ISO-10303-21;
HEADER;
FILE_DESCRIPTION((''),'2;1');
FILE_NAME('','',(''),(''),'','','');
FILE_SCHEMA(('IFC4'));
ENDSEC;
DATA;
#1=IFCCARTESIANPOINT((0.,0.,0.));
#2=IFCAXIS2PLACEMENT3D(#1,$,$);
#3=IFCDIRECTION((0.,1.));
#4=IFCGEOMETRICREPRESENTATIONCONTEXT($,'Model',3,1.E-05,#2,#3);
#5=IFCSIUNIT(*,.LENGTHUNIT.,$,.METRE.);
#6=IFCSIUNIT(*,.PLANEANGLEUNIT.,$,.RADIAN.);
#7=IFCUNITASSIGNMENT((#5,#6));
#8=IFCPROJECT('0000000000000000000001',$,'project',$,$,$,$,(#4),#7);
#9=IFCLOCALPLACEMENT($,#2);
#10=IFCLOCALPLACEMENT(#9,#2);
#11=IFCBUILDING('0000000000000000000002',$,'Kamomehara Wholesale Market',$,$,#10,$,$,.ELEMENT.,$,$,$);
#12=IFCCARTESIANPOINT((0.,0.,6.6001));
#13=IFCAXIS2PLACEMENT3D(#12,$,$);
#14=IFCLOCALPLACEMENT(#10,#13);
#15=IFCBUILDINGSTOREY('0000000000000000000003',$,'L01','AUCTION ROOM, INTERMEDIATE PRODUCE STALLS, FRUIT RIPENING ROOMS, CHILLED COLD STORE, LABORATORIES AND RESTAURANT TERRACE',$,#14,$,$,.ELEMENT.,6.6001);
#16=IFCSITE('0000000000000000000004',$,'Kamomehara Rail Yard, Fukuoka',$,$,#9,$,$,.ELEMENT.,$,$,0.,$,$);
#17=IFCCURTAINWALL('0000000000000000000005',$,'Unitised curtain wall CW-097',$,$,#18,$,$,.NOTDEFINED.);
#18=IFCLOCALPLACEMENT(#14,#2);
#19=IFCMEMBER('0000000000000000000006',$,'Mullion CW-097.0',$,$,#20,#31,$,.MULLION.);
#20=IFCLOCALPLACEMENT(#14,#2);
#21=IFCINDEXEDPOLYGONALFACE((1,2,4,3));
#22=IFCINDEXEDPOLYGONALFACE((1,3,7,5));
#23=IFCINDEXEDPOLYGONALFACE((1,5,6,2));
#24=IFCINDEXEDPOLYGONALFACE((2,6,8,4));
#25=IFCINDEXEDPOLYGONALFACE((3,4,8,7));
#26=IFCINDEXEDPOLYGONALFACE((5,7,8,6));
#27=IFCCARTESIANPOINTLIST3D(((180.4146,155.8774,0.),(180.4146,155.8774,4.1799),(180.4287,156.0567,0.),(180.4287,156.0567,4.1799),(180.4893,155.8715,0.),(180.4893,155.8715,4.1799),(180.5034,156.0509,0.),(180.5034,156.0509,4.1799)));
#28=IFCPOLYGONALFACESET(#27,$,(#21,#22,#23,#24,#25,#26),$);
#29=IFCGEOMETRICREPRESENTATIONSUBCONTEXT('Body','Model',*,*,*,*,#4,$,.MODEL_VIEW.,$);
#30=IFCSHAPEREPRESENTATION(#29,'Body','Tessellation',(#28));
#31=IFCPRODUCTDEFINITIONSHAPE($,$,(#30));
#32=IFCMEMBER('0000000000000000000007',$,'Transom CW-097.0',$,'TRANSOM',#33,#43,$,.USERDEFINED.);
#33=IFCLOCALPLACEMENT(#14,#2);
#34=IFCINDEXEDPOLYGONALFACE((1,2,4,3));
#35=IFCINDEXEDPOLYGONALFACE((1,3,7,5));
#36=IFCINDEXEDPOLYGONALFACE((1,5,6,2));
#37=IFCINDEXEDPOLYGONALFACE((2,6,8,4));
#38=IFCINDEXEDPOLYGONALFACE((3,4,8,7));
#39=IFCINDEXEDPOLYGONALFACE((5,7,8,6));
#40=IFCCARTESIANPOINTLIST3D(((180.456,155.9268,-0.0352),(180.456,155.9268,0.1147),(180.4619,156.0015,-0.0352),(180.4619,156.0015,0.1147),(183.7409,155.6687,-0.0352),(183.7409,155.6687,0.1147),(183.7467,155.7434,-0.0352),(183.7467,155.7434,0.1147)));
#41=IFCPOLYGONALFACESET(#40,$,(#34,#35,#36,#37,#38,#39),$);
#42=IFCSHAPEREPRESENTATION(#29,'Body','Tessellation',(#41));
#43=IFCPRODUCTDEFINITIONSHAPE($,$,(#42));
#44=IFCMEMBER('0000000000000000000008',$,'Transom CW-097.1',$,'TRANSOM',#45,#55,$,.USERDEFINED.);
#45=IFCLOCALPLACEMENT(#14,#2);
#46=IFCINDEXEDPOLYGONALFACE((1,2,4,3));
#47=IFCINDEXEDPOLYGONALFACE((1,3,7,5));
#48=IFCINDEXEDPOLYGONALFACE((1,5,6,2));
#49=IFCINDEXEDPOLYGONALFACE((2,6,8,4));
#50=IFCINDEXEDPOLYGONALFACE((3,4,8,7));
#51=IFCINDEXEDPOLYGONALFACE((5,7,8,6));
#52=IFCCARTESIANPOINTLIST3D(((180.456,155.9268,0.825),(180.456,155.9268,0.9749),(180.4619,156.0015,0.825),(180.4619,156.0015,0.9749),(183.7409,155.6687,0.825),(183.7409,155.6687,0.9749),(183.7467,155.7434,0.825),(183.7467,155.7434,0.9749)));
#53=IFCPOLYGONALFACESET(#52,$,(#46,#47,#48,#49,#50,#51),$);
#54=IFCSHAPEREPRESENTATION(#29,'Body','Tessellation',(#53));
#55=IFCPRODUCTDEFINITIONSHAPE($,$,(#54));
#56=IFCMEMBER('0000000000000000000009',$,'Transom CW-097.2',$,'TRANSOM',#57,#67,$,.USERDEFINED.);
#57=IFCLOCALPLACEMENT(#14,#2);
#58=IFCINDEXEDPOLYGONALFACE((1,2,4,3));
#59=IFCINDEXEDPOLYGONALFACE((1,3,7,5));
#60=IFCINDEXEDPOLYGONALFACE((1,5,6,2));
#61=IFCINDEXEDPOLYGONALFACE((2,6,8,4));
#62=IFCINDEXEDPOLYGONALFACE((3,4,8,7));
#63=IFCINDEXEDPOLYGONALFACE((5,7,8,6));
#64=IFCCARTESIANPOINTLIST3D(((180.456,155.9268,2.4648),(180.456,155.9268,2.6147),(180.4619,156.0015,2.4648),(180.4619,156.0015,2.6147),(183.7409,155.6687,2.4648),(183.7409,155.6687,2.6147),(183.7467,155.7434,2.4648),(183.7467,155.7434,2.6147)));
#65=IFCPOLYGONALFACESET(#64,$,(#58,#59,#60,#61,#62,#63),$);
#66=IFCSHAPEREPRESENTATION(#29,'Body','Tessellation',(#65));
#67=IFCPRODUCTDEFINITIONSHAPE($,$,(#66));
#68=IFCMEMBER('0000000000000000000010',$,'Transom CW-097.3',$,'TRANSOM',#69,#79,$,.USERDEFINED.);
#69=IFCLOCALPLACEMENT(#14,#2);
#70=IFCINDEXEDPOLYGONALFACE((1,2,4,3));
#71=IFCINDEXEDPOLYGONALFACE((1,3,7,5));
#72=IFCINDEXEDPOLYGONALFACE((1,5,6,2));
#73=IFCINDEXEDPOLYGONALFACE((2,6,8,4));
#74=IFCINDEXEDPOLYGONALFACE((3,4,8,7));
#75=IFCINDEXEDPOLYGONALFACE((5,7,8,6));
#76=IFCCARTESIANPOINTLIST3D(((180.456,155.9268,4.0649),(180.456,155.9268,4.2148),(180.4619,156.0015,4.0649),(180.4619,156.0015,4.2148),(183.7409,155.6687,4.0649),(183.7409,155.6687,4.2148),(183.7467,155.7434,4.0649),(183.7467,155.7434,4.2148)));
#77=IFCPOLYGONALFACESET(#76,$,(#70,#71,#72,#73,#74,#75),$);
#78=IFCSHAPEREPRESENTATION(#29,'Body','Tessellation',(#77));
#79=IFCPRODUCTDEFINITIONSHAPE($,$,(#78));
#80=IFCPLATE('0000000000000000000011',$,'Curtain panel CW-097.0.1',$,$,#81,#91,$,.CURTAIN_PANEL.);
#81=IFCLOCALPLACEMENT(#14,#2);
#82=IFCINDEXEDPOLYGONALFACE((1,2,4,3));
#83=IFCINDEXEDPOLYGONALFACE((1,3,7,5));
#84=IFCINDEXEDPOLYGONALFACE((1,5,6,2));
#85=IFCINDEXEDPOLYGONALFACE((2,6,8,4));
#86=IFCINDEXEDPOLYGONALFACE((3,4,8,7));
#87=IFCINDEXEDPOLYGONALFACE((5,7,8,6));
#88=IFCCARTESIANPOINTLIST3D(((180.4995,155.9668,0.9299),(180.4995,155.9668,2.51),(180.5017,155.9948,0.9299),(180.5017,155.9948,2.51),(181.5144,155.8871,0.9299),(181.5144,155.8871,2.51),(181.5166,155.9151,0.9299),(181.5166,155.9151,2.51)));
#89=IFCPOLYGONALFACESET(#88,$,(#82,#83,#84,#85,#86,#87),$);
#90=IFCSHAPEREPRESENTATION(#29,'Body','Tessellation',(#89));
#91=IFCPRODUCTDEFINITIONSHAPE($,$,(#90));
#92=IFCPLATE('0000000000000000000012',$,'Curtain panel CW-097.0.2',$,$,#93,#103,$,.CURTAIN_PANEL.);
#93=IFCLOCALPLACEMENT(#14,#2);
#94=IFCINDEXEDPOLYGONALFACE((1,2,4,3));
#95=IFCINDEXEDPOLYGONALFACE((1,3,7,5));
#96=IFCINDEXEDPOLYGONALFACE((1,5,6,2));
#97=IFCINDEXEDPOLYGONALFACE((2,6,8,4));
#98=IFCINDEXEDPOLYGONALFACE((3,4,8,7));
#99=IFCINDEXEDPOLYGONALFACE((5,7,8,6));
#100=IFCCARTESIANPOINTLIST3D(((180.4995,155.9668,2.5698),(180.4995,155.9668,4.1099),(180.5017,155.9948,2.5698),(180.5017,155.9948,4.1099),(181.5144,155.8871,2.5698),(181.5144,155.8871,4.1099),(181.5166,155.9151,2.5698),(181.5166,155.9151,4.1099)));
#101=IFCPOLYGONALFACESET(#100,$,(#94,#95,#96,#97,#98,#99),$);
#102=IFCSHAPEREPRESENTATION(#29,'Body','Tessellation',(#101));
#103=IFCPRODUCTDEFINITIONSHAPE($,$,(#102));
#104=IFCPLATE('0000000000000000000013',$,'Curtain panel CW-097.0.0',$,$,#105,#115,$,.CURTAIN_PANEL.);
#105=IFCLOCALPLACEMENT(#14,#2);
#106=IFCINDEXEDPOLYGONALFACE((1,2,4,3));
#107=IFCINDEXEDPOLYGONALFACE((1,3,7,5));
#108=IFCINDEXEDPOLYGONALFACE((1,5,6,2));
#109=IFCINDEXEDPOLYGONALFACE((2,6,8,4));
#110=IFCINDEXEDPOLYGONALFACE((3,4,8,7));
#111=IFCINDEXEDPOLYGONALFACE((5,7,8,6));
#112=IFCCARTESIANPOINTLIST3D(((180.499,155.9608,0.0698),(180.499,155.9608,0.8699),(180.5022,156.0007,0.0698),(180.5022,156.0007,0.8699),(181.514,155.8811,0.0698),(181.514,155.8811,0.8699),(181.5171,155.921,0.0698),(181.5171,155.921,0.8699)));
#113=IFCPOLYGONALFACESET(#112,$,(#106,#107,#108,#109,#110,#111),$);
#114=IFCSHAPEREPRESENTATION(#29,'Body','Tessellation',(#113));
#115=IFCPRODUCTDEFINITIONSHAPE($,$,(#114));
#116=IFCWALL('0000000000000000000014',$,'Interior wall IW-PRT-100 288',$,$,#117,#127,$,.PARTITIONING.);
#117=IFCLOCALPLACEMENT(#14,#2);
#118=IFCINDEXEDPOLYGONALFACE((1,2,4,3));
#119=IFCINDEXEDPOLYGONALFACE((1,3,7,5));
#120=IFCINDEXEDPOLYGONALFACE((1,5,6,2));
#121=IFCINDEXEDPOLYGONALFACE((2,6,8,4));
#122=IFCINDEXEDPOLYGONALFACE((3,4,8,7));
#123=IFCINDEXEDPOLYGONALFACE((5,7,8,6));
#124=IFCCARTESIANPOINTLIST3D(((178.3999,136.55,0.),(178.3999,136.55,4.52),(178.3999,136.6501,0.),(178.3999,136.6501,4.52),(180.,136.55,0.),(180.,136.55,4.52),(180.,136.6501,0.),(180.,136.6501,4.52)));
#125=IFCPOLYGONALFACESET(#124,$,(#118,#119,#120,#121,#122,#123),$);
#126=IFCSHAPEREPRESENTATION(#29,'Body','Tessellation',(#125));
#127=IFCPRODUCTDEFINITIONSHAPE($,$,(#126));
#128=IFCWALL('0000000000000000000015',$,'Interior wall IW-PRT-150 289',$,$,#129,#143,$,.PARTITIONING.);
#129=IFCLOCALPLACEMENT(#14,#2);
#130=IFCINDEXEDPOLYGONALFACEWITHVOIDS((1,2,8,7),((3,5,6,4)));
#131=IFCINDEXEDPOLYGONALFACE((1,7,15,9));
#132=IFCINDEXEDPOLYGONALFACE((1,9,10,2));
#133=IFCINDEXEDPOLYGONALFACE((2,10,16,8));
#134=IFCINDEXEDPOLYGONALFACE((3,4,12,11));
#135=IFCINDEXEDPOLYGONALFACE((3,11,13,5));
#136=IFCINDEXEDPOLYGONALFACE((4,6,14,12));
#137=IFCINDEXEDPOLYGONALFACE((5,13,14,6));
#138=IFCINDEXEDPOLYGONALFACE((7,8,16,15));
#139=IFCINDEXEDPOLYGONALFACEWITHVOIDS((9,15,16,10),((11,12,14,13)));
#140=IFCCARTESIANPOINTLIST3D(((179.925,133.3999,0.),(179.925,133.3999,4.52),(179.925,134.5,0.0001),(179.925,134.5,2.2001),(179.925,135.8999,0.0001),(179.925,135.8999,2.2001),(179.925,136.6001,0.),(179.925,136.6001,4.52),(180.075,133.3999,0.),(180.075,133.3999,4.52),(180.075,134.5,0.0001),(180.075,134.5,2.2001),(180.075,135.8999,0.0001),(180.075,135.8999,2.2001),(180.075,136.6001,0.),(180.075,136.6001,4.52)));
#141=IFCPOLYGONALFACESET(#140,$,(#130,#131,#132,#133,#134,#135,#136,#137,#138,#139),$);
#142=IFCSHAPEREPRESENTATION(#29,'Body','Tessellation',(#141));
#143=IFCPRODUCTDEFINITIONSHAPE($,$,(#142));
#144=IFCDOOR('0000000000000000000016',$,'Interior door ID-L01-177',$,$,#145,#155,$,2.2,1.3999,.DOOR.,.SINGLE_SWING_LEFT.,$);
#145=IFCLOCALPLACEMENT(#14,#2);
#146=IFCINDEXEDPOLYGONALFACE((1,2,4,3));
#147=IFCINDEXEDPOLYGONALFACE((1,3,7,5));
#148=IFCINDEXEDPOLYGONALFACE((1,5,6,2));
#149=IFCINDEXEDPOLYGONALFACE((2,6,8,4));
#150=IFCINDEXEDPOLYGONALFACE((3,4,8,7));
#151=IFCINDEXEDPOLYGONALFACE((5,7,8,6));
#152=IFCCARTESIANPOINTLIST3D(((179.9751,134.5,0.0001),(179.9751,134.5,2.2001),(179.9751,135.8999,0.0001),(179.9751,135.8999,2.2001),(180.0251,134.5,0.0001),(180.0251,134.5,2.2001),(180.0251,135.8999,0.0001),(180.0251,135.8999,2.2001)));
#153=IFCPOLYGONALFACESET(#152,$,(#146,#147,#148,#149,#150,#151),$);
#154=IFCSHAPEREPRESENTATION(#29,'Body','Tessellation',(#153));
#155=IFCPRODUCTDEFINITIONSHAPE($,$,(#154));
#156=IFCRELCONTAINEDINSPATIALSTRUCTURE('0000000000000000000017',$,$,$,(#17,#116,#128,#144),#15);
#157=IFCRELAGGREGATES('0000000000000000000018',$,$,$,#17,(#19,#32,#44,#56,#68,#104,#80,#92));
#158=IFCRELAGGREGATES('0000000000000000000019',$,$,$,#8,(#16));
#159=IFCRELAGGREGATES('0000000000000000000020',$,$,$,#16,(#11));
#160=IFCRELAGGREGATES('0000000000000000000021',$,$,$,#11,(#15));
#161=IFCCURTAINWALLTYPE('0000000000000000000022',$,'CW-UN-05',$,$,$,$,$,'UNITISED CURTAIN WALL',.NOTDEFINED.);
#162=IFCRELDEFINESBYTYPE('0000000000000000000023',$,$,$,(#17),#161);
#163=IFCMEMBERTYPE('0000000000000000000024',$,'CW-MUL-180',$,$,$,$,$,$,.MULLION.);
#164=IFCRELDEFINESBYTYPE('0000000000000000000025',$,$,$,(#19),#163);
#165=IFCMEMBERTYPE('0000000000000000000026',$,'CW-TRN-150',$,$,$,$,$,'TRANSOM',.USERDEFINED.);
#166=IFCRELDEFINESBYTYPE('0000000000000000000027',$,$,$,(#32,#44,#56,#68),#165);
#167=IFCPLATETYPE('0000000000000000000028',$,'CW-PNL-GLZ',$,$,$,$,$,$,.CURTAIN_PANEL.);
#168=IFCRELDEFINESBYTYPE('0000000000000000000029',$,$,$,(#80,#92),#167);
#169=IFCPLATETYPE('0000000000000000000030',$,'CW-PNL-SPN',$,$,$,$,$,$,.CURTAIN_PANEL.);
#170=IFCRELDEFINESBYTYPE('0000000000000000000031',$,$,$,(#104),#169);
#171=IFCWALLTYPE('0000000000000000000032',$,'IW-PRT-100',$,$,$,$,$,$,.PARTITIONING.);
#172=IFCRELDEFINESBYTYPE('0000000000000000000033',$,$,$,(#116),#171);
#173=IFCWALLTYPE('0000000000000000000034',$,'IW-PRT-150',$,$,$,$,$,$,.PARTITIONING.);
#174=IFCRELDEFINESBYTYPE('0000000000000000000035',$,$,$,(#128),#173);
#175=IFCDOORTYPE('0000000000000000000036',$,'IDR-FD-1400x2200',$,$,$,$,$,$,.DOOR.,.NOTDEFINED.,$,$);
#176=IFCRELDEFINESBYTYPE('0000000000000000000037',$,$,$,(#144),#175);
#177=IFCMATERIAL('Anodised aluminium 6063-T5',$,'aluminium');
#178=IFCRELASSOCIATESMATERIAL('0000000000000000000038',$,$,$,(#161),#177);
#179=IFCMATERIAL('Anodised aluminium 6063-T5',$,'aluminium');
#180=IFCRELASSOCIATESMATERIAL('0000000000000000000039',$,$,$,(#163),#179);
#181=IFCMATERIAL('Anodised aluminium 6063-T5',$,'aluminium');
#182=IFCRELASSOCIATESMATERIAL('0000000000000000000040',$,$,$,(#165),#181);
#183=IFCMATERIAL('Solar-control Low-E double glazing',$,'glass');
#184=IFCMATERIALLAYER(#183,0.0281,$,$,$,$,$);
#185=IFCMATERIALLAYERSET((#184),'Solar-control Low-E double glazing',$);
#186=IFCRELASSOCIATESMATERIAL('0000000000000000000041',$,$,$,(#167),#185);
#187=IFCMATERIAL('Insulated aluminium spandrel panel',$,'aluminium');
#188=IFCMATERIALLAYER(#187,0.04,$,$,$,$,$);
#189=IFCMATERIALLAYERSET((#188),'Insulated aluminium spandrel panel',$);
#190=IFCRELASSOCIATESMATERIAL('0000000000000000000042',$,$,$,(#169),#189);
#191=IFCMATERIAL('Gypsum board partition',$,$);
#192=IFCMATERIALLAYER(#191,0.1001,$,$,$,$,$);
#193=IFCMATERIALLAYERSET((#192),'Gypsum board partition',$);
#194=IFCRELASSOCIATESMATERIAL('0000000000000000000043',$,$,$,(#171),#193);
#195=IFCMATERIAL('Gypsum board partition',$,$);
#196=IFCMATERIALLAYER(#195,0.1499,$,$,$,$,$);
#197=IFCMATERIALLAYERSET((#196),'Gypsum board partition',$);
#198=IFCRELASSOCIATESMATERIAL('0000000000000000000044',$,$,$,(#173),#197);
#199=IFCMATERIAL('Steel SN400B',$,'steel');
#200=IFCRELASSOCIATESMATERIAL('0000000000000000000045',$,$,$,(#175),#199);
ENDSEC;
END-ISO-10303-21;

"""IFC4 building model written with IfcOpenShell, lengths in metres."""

from ifc_helpers import new_model, si_unit, direction, frame, frame_2d, origin, origin_2d, place, context, subcontext, project, spatial, rectangle, extrude, material, layer, layer_set, material_profile, profile_set, type_object, element, fill, aggregate, save


model = new_model("IFC4")

# Units and contexts
model_context = context("Model", 3, precision=1e-05, world=origin(), true_north=direction((0.0, 1.0)))
body_context = subcontext(model_context, "Body", "Model", "MODEL_VIEW")
ifc_project = project(units=[si_unit("LENGTHUNIT", "METRE"), si_unit("PLANEANGLEUNIT", "RADIAN")], contexts=[model_context])

# Site, building, storey
site_placement = place(None, origin())
site = spatial("IfcSite", under=ifc_project, at=site_placement, Name="Kamomehara Rail Yard, Fukuoka", CompositionType="ELEMENT", RefElevation=0.0)
building_placement = place(site_placement, origin())
building = spatial("IfcBuilding", under=site, at=building_placement, Name="Kamomehara Wholesale Market", CompositionType="ELEMENT")
storey_placement = place(building_placement, frame((0.0, 0.0, 6.6001)))
storey = spatial("IfcBuildingStorey", under=building, at=storey_placement, Name="L01", Description="AUCTION ROOM, INTERMEDIATE PRODUCE STALLS, FRUIT RIPENING ROOMS, CHILLED COLD STORE, LABORATORIES AND RESTAURANT TERRACE", CompositionType="ELEMENT", Elevation=6.6001)

# Curtain wall, members, plates
ifc_material_1 = material(Name="Anodised aluminium 6063-T5", Category="aluminium")
curtain_wall_type = type_object("IfcCurtainWallType", Name="CW-UN-05", ElementType="UNITISED CURTAIN WALL", PredefinedType="NOTDEFINED", material=ifc_material_1)
curtain_wall_placement = place(storey_placement, origin())
curtain_wall = element("IfcCurtainWall", 1, at=curtain_wall_placement, inside=storey, type_object=curtain_wall_type, Name="Unitised curtain wall CW-097", PredefinedType="NOTDEFINED")
ifc_material_2 = material(Name="Anodised aluminium 6063-T5", Category="aluminium")
ifc_material_profile_1 = material_profile(ifc_material_2, rectangle(XDim=0.075, YDim=0.1799, at=origin_2d()), Name="ALU-MUL-75x180")
ifc_profile_set_1 = profile_set([ifc_material_profile_1], Name="Anodised aluminium 6063-T5")
member_type_1 = type_object("IfcMemberType", Name="CW-MUL-180", PredefinedType="MULLION", material=ifc_profile_set_1)
member_1_placement = place(storey_placement, frame((180.459, 155.9641, 0.0), z_axis=(0.0, 0.0, 1.0), x_axis=(0.99693, -0.078297, 0.0)))
member_1 = element("IfcMember", 2, at=member_1_placement, type_object=member_type_1, Name="Mullion CW-097.0", PredefinedType="MULLION", context=body_context, shape_type="SweptSolid", body=[
    extrude(rectangle(XDim=0.075, YDim=0.1799, at=origin_2d()), origin(), (0.0, 0.0, 1.0), 4.1799),
])
ifc_material_3 = material(Name="Anodised aluminium 6063-T5", Category="aluminium")
ifc_material_profile_2 = material_profile(ifc_material_3, rectangle(XDim=0.075, YDim=0.1499, at=origin_2d()), Name="ALU-TRN-75x150")
ifc_profile_set_2 = profile_set([ifc_material_profile_2], Name="Anodised aluminium 6063-T5")
member_type_2 = type_object("IfcMemberType", Name="CW-TRN-150", ElementType="TRANSOM", PredefinedType="USERDEFINED", material=ifc_profile_set_2)
member_2_placement = place(storey_placement, frame((180.459, 155.9641, 0.0398), z_axis=(0.996929, -0.078317, 0.0), x_axis=(0.078317, 0.996929, 0.0)))
member_2 = element("IfcMember", 3, at=member_2_placement, type_object=member_type_2, Name="Transom CW-097.0", ObjectType="TRANSOM", PredefinedType="USERDEFINED", context=body_context, shape_type="SweptSolid", body=[
    extrude(rectangle(XDim=0.075, YDim=0.1499, at=origin_2d()), origin(), (0.0, 0.0, 1.0), 3.2949),
])
member_3_placement = place(storey_placement, frame((180.459, 155.9641, 0.8999), z_axis=(0.996929, -0.078317, 0.0), x_axis=(0.078317, 0.996929, 0.0)))
member_3 = element("IfcMember", 4, at=member_3_placement, type_object=member_type_2, Name="Transom CW-097.1", ObjectType="TRANSOM", PredefinedType="USERDEFINED", context=body_context, shape_type="SweptSolid", body=[
    extrude(rectangle(XDim=0.075, YDim=0.1499, at=origin_2d()), origin(), (0.0, 0.0, 1.0), 3.2949),
])
member_4_placement = place(storey_placement, frame((180.459, 155.9641, 2.5398), z_axis=(0.996929, -0.078317, 0.0), x_axis=(0.078317, 0.996929, 0.0)))
member_4 = element("IfcMember", 5, at=member_4_placement, type_object=member_type_2, Name="Transom CW-097.2", ObjectType="TRANSOM", PredefinedType="USERDEFINED", context=body_context, shape_type="SweptSolid", body=[
    extrude(rectangle(XDim=0.075, YDim=0.1499, at=origin_2d()), origin(), (0.0, 0.0, 1.0), 3.2949),
])
member_5_placement = place(storey_placement, frame((180.459, 155.9641, 4.1399), z_axis=(0.996929, -0.078317, 0.0), x_axis=(0.078317, 0.996929, 0.0)))
member_5 = element("IfcMember", 6, at=member_5_placement, type_object=member_type_2, Name="Transom CW-097.3", ObjectType="TRANSOM", PredefinedType="USERDEFINED", context=body_context, shape_type="SweptSolid", body=[
    extrude(rectangle(XDim=0.075, YDim=0.1499, at=origin_2d()), origin(), (0.0, 0.0, 1.0), 3.2949),
])
ifc_material_4 = material(Name="Solar-control Low-E double glazing", Category="glass")
ifc_layer_1 = layer(ifc_material_4, 0.0281)
ifc_layer_set_1 = layer_set([ifc_layer_1], Name="Solar-control Low-E double glazing")
plate_type_1 = type_object("IfcPlateType", Name="CW-PNL-GLZ", PredefinedType="CURTAIN_PANEL", material=ifc_layer_set_1)
plate_1_placement = place(storey_placement, frame((181.0081, 155.9409, 0.9299), z_axis=(0.0, 0.0, 1.0), x_axis=(0.99693, -0.078302, 0.0)))
plate_1 = element("IfcPlate", 7, at=plate_1_placement, type_object=plate_type_1, Name="Curtain panel CW-097.0.1", PredefinedType="CURTAIN_PANEL", context=body_context, shape_type="SweptSolid", body=[
    extrude(rectangle(XDim=1.0181, YDim=0.0281, at=origin_2d()), origin(), (0.0, 0.0, 1.0), 1.5801),
])
plate_2_placement = place(storey_placement, frame((181.0081, 155.9409, 2.5698), z_axis=(0.0, 0.0, 1.0), x_axis=(0.99693, -0.078302, 0.0)))
plate_2 = element("IfcPlate", 8, at=plate_2_placement, type_object=plate_type_1, Name="Curtain panel CW-097.0.2", PredefinedType="CURTAIN_PANEL", context=body_context, shape_type="SweptSolid", body=[
    extrude(rectangle(XDim=1.0181, YDim=0.0281, at=origin_2d()), origin(), (0.0, 0.0, 1.0), 1.54),
])
ifc_material_5 = material(Name="Insulated aluminium spandrel panel", Category="aluminium")
ifc_layer_2 = layer(ifc_material_5, 0.04)
ifc_layer_set_2 = layer_set([ifc_layer_2], Name="Insulated aluminium spandrel panel")
plate_type_2 = type_object("IfcPlateType", Name="CW-PNL-SPN", PredefinedType="CURTAIN_PANEL", material=ifc_layer_set_2)
plate_3_placement = place(storey_placement, frame((181.0081, 155.9409, 0.0698), z_axis=(0.0, 0.0, 1.0), x_axis=(0.99693, -0.078302, 0.0)))
plate_3 = element("IfcPlate", 9, at=plate_3_placement, type_object=plate_type_2, Name="Curtain panel CW-097.0.0", PredefinedType="CURTAIN_PANEL", context=body_context, shape_type="SweptSolid", body=[
    extrude(rectangle(XDim=1.0181, YDim=0.04, at=origin_2d()), origin(), (0.0, 0.0, 1.0), 0.8),
])
aggregate(curtain_wall, [member_1, member_2, member_3, member_4, member_5, plate_3, plate_1, plate_2])

# Wall
ifc_material_6 = material(Name="Gypsum board partition")
ifc_layer_3 = layer(ifc_material_6, 0.1001)
ifc_layer_set_3 = layer_set([ifc_layer_3], Name="Gypsum board partition")
wall_type_1 = type_object("IfcWallType", Name="IW-PRT-100", PredefinedType="PARTITIONING", material=ifc_layer_set_3)
wall_1_placement = place(storey_placement, frame((178.3999, 136.6001, 0.0), z_axis=(0.0, 0.0, 1.0), x_axis=(1.0, 0.0, 0.0)))
element("IfcWall", 10, at=wall_1_placement, inside=storey, type_object=wall_type_1, Name="Interior wall IW-PRT-100 288", PredefinedType="PARTITIONING", context=body_context, shape_type="SweptSolid", body=[
    extrude(rectangle(XDim=1.6001, YDim=0.1001, at=frame_2d((0.8, 0.0))), origin(), (0.0, 0.0, 1.0), 4.52),
])

# Wall, opening, door
ifc_material_7 = material(Name="Gypsum board partition")
ifc_layer_4 = layer(ifc_material_7, 0.1499)
ifc_layer_set_4 = layer_set([ifc_layer_4], Name="Gypsum board partition")
wall_type_2 = type_object("IfcWallType", Name="IW-PRT-150", PredefinedType="PARTITIONING", material=ifc_layer_set_4)
wall_2_placement = place(storey_placement, frame((180.0, 133.3999, 0.0), z_axis=(0.0, 0.0, 1.0), x_axis=(0.0, 1.0, 0.0)))
wall_2 = element("IfcWall", 11, at=wall_2_placement, inside=storey, type_object=wall_type_2, Name="Interior wall IW-PRT-150 289", PredefinedType="PARTITIONING", context=body_context, shape_type="SweptSolid", body=[
    extrude(rectangle(XDim=3.2002, YDim=0.1499, at=frame_2d((1.6001, 0.0))), origin(), (0.0, 0.0, 1.0), 4.52),
])
opening_1_placement = place(wall_2_placement, frame((1.1001, 0.0, 0.0)))
opening_1 = element("IfcOpeningElement", 12, at=opening_1_placement, cuts=wall_2, PredefinedType="OPENING", context=body_context, shape_type="SweptSolid", body=[
    extrude(rectangle(XDim=1.3999, YDim=2.2, at=frame_2d((0.7, 1.1001))), frame((0.0, 0.0898, 0.0), z_axis=(0.0, -1.0, 0.0), x_axis=(1.0, 0.0, 0.0)), (0.0, 0.0, 1.0), 0.1797),
])
ifc_material_8 = material(Name="Steel SN400B", Category="steel")
door_type_1 = type_object("IfcDoorType", Name="IDR-FD-1400x2200", OperationType="NOTDEFINED", PredefinedType="DOOR", material=ifc_material_8)
door_1_placement = place(opening_1_placement, origin())
door_1 = element("IfcDoor", 13, at=door_1_placement, inside=storey, type_object=door_type_1, Name="Interior door ID-L01-177", OperationType="SINGLE_SWING_LEFT", OverallHeight=2.2, OverallWidth=1.3999, PredefinedType="DOOR", context=body_context, shape_type="SweptSolid", body=[
    extrude(rectangle(XDim=1.3999, YDim=2.2, at=frame_2d((0.7, 1.1001))), frame((0.0, 0.0249, 0.0), z_axis=(0.0, -1.0, 0.0), x_axis=(1.0, 0.0, 0.0)), (0.0, 0.0, 1.0), 0.05),
])
fill(opening_1, door_1)

save(model, "model.ifc")
